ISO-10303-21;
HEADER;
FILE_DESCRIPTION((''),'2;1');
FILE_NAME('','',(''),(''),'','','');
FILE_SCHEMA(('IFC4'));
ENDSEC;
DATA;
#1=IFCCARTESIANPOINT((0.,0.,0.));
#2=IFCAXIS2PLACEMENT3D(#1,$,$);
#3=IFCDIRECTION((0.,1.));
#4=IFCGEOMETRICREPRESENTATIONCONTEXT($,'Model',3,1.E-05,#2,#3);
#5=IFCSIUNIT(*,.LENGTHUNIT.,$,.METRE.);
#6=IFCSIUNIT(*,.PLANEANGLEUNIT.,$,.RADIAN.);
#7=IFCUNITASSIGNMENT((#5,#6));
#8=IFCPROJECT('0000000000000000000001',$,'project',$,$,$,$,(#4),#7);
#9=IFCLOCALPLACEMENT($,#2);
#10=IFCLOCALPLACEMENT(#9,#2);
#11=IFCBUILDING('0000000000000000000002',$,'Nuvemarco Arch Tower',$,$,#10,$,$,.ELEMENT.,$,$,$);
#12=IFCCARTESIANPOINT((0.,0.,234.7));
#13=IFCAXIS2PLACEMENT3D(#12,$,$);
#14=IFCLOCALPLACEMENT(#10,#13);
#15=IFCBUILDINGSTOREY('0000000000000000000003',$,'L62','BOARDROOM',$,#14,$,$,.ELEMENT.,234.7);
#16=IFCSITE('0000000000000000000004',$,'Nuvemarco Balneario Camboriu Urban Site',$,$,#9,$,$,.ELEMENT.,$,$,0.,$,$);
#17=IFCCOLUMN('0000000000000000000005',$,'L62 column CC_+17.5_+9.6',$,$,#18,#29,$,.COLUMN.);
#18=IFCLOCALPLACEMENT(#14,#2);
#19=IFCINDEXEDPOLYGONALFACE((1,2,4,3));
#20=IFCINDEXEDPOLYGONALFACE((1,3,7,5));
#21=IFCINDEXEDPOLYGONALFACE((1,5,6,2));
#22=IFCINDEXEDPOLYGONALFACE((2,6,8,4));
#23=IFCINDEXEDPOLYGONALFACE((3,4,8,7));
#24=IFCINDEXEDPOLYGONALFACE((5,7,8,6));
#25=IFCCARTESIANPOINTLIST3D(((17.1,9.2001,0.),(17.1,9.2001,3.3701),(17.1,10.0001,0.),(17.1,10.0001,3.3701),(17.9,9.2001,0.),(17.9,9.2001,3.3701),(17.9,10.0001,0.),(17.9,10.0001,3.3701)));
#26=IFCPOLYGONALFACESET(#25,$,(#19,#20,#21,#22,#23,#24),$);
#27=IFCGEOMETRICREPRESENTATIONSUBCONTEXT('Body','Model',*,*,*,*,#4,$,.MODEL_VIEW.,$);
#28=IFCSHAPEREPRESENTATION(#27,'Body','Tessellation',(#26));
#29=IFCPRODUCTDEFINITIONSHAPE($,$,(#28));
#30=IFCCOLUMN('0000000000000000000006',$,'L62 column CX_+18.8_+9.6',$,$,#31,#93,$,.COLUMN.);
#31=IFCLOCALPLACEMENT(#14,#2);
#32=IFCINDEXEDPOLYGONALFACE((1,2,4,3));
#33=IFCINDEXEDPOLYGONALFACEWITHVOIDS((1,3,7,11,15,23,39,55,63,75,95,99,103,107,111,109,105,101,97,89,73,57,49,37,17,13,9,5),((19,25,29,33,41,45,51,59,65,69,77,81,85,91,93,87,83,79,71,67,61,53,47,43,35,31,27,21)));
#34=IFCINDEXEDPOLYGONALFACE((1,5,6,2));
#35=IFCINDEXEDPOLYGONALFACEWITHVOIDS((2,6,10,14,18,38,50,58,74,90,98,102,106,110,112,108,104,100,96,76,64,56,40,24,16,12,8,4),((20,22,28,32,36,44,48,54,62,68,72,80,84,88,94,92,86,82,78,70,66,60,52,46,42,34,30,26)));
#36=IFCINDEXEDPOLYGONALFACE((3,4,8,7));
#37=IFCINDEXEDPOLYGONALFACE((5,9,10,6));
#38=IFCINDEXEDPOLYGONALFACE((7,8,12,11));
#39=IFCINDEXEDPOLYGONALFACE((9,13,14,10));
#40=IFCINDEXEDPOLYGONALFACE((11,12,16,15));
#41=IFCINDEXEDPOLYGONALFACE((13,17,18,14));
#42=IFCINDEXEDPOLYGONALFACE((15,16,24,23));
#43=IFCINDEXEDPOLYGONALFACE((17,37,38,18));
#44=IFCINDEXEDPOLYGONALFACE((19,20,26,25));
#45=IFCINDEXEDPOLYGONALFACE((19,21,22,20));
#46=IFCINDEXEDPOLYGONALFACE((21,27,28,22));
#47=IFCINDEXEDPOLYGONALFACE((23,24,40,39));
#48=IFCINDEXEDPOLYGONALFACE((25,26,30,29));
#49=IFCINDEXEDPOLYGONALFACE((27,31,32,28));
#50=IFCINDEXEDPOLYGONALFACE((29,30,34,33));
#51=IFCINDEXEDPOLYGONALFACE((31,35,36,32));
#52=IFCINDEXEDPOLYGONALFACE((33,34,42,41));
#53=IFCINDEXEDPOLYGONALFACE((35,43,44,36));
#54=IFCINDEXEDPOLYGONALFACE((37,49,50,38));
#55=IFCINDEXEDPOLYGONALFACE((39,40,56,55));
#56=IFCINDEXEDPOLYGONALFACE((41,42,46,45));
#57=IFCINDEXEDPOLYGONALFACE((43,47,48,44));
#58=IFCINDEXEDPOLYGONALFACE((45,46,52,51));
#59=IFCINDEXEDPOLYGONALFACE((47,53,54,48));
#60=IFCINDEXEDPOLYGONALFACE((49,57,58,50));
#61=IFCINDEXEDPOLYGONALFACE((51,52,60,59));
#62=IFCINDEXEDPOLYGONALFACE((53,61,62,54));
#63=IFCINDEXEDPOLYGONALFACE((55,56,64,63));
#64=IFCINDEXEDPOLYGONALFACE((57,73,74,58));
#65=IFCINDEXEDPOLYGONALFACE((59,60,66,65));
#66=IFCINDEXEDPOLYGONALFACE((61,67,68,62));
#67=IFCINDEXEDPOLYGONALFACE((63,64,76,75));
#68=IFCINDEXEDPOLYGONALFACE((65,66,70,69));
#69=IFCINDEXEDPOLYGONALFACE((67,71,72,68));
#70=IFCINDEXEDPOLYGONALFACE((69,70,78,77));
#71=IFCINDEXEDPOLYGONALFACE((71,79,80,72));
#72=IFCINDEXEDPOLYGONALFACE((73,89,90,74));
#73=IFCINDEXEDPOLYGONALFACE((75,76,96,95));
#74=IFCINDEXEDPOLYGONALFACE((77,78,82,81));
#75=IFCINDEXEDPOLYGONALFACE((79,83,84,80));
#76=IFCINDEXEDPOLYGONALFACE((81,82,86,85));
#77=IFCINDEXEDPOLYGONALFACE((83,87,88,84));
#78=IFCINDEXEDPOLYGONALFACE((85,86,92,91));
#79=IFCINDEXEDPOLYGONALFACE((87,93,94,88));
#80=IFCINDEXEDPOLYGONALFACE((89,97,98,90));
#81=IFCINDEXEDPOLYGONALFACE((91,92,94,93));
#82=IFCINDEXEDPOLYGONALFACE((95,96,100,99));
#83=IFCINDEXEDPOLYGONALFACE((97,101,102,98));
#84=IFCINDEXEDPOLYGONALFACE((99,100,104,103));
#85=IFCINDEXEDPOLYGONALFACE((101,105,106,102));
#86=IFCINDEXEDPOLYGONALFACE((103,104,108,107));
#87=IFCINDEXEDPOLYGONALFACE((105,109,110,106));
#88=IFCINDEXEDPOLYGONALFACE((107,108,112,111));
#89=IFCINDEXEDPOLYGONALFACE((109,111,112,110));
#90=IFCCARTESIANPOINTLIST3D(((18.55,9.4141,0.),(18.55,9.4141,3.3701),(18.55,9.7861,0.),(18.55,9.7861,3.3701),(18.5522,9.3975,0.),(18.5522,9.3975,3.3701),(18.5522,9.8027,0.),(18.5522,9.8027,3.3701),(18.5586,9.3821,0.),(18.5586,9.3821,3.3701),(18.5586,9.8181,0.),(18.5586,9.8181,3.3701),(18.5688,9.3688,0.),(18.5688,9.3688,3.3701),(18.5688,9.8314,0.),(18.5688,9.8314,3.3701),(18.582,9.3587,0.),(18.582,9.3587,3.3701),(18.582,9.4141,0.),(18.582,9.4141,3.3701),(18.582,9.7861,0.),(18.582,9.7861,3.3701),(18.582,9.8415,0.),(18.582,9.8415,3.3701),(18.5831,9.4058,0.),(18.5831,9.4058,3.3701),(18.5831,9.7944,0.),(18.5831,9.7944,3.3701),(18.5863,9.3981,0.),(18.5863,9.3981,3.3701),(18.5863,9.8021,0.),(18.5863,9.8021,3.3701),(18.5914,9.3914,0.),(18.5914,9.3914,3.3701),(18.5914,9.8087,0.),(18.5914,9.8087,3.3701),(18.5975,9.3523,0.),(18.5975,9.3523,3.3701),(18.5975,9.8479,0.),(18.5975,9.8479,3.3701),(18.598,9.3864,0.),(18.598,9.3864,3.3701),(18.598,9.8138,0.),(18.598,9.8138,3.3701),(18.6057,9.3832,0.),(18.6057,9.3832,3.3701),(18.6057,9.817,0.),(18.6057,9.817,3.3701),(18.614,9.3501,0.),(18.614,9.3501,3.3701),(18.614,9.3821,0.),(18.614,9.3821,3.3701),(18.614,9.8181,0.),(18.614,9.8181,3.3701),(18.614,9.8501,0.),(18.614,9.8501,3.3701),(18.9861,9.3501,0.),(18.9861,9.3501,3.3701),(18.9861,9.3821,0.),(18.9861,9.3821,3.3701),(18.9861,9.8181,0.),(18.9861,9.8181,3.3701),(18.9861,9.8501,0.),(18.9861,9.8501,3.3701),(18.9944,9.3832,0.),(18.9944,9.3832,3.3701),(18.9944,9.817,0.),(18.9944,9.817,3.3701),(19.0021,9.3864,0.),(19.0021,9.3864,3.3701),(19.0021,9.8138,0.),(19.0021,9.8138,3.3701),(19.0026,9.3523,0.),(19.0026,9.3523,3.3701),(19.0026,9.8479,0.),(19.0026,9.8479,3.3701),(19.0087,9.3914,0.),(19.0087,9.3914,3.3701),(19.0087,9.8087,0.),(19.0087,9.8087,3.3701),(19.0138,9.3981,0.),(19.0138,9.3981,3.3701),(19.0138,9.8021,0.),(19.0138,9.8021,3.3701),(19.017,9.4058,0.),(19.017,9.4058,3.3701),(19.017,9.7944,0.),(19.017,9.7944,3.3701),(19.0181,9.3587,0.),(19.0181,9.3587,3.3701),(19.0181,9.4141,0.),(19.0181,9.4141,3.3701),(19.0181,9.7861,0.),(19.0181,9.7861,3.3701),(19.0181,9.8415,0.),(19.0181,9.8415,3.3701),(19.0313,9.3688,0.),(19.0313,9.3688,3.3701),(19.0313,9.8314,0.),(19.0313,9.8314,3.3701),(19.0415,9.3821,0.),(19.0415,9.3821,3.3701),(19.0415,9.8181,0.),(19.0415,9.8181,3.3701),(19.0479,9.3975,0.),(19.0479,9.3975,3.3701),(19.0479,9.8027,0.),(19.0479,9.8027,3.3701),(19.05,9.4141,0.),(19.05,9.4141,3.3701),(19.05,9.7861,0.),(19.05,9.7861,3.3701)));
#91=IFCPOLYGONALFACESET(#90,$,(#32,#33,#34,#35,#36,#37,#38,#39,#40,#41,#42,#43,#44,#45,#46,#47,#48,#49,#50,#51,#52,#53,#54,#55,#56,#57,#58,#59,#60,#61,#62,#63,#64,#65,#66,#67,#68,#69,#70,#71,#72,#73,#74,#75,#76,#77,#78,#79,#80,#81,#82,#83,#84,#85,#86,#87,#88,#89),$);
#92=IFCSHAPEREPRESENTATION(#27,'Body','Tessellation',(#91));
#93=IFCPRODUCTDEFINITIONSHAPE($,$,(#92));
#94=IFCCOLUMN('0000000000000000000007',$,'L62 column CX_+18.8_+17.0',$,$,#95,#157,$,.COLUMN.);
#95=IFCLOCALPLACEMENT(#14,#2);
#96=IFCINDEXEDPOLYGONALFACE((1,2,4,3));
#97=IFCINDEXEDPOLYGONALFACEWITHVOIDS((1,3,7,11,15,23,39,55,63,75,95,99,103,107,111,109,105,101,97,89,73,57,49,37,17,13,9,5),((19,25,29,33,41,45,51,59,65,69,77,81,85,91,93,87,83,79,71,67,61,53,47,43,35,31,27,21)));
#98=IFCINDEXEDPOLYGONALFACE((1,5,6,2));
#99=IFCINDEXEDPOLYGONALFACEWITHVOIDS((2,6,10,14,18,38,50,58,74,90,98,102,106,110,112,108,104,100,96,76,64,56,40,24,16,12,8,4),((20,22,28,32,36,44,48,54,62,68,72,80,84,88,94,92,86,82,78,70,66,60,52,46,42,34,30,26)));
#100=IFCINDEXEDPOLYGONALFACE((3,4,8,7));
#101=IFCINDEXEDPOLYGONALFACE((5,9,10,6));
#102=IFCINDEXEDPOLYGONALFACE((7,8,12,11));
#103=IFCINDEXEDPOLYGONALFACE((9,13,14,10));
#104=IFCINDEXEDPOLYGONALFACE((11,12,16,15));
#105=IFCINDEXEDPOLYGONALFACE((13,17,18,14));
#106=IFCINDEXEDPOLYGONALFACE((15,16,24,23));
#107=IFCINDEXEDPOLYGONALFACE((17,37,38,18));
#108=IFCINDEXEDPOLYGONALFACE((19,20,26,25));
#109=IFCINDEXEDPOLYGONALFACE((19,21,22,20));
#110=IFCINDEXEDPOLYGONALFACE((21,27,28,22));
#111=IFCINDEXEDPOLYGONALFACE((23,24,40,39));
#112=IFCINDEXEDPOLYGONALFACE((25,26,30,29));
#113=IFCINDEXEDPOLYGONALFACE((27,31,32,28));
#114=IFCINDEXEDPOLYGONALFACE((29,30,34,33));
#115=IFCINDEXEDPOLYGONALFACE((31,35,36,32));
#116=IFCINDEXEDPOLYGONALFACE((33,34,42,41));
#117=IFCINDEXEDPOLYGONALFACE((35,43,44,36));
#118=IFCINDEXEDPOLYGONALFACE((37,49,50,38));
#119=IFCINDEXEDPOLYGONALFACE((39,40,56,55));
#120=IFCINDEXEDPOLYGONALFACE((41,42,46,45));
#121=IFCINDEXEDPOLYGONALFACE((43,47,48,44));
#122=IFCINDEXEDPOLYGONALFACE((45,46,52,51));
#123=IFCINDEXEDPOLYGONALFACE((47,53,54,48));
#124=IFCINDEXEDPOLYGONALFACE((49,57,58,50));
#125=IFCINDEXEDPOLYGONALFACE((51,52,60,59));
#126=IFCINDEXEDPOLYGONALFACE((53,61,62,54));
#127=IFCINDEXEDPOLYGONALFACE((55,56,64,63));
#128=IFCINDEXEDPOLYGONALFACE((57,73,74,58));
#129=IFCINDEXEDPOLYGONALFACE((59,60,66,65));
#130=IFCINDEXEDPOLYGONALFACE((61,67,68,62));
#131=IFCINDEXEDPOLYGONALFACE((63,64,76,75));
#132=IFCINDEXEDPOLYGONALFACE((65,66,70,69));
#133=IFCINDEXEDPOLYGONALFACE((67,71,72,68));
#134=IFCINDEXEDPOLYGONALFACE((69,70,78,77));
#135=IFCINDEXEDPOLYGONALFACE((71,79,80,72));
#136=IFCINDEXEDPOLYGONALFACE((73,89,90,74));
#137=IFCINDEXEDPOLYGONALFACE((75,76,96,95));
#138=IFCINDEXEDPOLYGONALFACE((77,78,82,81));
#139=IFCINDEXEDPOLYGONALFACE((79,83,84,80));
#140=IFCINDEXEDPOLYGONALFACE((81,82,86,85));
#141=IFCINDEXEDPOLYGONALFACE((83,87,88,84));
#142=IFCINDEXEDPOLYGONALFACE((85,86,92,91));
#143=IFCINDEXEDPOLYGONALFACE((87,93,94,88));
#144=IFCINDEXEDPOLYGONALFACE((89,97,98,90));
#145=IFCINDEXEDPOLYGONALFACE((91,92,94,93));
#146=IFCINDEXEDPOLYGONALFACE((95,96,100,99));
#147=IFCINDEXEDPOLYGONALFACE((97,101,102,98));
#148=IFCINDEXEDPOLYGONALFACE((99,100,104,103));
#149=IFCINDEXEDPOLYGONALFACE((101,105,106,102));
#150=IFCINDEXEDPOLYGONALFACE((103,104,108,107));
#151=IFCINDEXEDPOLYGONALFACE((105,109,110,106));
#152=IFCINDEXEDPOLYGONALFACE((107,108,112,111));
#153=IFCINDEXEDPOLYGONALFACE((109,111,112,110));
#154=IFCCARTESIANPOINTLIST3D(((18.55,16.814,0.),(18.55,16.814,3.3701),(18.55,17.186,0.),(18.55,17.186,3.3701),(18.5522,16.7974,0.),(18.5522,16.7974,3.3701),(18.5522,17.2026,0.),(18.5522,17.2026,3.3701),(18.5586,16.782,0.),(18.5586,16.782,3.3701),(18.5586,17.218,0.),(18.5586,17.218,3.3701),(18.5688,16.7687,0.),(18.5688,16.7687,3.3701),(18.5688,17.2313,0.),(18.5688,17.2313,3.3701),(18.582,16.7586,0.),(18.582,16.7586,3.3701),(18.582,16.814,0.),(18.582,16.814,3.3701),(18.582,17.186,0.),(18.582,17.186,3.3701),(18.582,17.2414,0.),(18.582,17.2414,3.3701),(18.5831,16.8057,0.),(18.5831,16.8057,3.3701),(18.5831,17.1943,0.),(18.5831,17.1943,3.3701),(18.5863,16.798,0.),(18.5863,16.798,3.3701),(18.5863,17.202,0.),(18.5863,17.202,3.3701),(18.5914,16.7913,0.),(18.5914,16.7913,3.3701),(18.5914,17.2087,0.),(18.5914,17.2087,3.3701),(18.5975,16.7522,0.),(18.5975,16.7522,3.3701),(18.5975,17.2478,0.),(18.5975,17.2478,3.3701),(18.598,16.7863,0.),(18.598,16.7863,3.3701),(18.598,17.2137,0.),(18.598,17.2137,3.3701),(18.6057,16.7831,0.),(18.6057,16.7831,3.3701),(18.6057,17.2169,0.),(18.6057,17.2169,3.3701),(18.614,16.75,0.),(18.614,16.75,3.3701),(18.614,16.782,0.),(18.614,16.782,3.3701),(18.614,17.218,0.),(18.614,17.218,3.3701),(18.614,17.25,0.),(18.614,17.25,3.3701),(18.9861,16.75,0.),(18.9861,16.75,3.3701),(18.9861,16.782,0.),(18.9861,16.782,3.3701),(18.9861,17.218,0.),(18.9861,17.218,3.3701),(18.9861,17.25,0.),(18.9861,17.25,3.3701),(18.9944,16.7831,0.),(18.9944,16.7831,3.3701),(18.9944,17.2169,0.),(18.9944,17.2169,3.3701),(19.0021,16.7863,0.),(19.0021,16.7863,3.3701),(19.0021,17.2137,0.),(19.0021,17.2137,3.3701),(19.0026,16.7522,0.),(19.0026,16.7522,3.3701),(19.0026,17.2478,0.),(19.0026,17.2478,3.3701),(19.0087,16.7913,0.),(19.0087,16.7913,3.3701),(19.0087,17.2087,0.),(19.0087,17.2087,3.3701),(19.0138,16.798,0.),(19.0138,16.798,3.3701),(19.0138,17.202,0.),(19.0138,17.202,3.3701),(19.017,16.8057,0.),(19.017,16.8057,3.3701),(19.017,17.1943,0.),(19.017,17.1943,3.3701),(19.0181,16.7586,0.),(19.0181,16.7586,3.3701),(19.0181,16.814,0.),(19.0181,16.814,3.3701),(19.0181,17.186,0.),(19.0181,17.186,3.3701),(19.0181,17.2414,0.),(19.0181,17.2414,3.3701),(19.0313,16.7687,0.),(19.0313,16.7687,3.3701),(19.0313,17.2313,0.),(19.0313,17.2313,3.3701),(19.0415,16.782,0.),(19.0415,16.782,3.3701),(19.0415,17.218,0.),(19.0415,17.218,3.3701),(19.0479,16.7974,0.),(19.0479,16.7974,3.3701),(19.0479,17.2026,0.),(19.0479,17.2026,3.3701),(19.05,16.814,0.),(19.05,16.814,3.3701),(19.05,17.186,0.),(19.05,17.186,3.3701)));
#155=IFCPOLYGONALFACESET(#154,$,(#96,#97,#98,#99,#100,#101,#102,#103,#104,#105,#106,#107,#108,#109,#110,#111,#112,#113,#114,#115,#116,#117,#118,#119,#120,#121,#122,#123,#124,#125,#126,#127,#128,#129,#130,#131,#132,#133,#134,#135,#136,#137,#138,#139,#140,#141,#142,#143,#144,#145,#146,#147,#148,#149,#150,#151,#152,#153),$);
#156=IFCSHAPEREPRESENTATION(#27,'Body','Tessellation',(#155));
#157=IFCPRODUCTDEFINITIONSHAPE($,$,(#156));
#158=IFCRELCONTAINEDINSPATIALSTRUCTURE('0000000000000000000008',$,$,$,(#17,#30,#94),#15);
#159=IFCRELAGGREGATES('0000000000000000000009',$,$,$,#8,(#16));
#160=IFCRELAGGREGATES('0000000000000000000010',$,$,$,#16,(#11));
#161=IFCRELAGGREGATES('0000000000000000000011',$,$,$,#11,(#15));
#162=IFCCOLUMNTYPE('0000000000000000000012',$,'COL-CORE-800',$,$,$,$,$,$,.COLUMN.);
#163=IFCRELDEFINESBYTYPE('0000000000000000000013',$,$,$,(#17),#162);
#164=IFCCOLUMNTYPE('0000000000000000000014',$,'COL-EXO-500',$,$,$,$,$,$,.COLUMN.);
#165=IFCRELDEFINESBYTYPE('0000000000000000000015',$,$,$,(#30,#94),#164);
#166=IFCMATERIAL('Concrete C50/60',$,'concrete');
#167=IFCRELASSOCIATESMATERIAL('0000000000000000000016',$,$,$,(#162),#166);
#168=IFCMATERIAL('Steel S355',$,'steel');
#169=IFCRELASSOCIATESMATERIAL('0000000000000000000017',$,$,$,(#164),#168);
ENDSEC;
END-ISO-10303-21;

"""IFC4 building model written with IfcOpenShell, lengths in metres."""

from ifc_helpers import new_model, si_unit, direction, frame, origin, origin_2d, place, context, subcontext, project, spatial, rectangle, hollow_rectangle, extrude, material, material_profile, profile_set, type_object, element, save


model = new_model("IFC4")

# Units and contexts
model_context = context("Model", 3, precision=1e-05, world=origin(), true_north=direction((0.0, 1.0)))
body_context = subcontext(model_context, "Body", "Model", "MODEL_VIEW")
ifc_project = project(units=[si_unit("LENGTHUNIT", "METRE"), si_unit("PLANEANGLEUNIT", "RADIAN")], contexts=[model_context])

# Site, building, storey
site_placement = place(None, origin())
site = spatial("IfcSite", under=ifc_project, at=site_placement, Name="Nuvemarco Balneario Camboriu Urban Site", CompositionType="ELEMENT", RefElevation=0.0)
building_placement = place(site_placement, origin())
building = spatial("IfcBuilding", under=site, at=building_placement, Name="Nuvemarco Arch Tower", CompositionType="ELEMENT")
storey_placement = place(building_placement, frame((0.0, 0.0, 234.7)))
storey = spatial("IfcBuildingStorey", under=building, at=storey_placement, Name="L62", Description="BOARDROOM", CompositionType="ELEMENT", Elevation=234.7)

# Columns
ifc_material_1 = material(Name="Concrete C50/60", Category="concrete")
ifc_material_profile_1 = material_profile(ifc_material_1, rectangle(XDim=0.8, YDim=0.8, at=origin_2d()), Name="RC-COL-800x800")
ifc_profile_set_1 = profile_set([ifc_material_profile_1], Name="Concrete C50/60")
column_type_1 = type_object("IfcColumnType", Name="COL-CORE-800", PredefinedType="COLUMN", material=ifc_profile_set_1)
column_placement = place(storey_placement, frame((17.5, 9.6001, 0.0), z_axis=(0.0, 0.0, 1.0), x_axis=(1.0, 0.0, 0.0)))
element("IfcColumn", 1, at=column_placement, inside=storey, type_object=column_type_1, Name="L62 column CC_+17.5_+9.6", PredefinedType="COLUMN", context=body_context, shape_type="SweptSolid", body=[
    extrude(rectangle(XDim=0.8, YDim=0.8, at=origin_2d()), origin(), (0.0, 0.0, 1.0), 3.3701),
])
ifc_material_2 = material(Name="Steel S355", Category="steel")
ifc_material_profile_2 = material_profile(ifc_material_2, hollow_rectangle(XDim=0.5, YDim=0.5, WallThickness=0.032, InnerFilletRadius=0.032, OuterFilletRadius=0.064, at=origin_2d()), Name="SHS500x500x32")
ifc_profile_set_2 = profile_set([ifc_material_profile_2], Name="Steel S355")
column_type_2 = type_object("IfcColumnType", Name="COL-EXO-500", PredefinedType="COLUMN", material=ifc_profile_set_2)
for number, where, z_axis, x_axis, name in (
    (2, (18.8, 9.6001, 0.0), (0.0, 0.0, 1.0), (1.0, 0.0, 0.0), "L62 column CX_+18.8_+9.6"),
    (3, (18.8, 17.0, 0.0), (0.0, 0.0, 1.0), (1.0, 0.0, 0.0), "L62 column CX_+18.8_+17.0"),
):
    element("IfcColumn", number, at=place(storey_placement, frame(where, z_axis=z_axis, x_axis=x_axis)), inside=storey, type_object=column_type_2, Name=name, PredefinedType="COLUMN", context=body_context, shape_type="SweptSolid", body=[
        extrude(hollow_rectangle(XDim=0.5, YDim=0.5, WallThickness=0.032, InnerFilletRadius=0.032, OuterFilletRadius=0.064, at=origin_2d()), origin(), (0.0, 0.0, 1.0), 3.3701),
    ])

save(model, "model.ifc")
